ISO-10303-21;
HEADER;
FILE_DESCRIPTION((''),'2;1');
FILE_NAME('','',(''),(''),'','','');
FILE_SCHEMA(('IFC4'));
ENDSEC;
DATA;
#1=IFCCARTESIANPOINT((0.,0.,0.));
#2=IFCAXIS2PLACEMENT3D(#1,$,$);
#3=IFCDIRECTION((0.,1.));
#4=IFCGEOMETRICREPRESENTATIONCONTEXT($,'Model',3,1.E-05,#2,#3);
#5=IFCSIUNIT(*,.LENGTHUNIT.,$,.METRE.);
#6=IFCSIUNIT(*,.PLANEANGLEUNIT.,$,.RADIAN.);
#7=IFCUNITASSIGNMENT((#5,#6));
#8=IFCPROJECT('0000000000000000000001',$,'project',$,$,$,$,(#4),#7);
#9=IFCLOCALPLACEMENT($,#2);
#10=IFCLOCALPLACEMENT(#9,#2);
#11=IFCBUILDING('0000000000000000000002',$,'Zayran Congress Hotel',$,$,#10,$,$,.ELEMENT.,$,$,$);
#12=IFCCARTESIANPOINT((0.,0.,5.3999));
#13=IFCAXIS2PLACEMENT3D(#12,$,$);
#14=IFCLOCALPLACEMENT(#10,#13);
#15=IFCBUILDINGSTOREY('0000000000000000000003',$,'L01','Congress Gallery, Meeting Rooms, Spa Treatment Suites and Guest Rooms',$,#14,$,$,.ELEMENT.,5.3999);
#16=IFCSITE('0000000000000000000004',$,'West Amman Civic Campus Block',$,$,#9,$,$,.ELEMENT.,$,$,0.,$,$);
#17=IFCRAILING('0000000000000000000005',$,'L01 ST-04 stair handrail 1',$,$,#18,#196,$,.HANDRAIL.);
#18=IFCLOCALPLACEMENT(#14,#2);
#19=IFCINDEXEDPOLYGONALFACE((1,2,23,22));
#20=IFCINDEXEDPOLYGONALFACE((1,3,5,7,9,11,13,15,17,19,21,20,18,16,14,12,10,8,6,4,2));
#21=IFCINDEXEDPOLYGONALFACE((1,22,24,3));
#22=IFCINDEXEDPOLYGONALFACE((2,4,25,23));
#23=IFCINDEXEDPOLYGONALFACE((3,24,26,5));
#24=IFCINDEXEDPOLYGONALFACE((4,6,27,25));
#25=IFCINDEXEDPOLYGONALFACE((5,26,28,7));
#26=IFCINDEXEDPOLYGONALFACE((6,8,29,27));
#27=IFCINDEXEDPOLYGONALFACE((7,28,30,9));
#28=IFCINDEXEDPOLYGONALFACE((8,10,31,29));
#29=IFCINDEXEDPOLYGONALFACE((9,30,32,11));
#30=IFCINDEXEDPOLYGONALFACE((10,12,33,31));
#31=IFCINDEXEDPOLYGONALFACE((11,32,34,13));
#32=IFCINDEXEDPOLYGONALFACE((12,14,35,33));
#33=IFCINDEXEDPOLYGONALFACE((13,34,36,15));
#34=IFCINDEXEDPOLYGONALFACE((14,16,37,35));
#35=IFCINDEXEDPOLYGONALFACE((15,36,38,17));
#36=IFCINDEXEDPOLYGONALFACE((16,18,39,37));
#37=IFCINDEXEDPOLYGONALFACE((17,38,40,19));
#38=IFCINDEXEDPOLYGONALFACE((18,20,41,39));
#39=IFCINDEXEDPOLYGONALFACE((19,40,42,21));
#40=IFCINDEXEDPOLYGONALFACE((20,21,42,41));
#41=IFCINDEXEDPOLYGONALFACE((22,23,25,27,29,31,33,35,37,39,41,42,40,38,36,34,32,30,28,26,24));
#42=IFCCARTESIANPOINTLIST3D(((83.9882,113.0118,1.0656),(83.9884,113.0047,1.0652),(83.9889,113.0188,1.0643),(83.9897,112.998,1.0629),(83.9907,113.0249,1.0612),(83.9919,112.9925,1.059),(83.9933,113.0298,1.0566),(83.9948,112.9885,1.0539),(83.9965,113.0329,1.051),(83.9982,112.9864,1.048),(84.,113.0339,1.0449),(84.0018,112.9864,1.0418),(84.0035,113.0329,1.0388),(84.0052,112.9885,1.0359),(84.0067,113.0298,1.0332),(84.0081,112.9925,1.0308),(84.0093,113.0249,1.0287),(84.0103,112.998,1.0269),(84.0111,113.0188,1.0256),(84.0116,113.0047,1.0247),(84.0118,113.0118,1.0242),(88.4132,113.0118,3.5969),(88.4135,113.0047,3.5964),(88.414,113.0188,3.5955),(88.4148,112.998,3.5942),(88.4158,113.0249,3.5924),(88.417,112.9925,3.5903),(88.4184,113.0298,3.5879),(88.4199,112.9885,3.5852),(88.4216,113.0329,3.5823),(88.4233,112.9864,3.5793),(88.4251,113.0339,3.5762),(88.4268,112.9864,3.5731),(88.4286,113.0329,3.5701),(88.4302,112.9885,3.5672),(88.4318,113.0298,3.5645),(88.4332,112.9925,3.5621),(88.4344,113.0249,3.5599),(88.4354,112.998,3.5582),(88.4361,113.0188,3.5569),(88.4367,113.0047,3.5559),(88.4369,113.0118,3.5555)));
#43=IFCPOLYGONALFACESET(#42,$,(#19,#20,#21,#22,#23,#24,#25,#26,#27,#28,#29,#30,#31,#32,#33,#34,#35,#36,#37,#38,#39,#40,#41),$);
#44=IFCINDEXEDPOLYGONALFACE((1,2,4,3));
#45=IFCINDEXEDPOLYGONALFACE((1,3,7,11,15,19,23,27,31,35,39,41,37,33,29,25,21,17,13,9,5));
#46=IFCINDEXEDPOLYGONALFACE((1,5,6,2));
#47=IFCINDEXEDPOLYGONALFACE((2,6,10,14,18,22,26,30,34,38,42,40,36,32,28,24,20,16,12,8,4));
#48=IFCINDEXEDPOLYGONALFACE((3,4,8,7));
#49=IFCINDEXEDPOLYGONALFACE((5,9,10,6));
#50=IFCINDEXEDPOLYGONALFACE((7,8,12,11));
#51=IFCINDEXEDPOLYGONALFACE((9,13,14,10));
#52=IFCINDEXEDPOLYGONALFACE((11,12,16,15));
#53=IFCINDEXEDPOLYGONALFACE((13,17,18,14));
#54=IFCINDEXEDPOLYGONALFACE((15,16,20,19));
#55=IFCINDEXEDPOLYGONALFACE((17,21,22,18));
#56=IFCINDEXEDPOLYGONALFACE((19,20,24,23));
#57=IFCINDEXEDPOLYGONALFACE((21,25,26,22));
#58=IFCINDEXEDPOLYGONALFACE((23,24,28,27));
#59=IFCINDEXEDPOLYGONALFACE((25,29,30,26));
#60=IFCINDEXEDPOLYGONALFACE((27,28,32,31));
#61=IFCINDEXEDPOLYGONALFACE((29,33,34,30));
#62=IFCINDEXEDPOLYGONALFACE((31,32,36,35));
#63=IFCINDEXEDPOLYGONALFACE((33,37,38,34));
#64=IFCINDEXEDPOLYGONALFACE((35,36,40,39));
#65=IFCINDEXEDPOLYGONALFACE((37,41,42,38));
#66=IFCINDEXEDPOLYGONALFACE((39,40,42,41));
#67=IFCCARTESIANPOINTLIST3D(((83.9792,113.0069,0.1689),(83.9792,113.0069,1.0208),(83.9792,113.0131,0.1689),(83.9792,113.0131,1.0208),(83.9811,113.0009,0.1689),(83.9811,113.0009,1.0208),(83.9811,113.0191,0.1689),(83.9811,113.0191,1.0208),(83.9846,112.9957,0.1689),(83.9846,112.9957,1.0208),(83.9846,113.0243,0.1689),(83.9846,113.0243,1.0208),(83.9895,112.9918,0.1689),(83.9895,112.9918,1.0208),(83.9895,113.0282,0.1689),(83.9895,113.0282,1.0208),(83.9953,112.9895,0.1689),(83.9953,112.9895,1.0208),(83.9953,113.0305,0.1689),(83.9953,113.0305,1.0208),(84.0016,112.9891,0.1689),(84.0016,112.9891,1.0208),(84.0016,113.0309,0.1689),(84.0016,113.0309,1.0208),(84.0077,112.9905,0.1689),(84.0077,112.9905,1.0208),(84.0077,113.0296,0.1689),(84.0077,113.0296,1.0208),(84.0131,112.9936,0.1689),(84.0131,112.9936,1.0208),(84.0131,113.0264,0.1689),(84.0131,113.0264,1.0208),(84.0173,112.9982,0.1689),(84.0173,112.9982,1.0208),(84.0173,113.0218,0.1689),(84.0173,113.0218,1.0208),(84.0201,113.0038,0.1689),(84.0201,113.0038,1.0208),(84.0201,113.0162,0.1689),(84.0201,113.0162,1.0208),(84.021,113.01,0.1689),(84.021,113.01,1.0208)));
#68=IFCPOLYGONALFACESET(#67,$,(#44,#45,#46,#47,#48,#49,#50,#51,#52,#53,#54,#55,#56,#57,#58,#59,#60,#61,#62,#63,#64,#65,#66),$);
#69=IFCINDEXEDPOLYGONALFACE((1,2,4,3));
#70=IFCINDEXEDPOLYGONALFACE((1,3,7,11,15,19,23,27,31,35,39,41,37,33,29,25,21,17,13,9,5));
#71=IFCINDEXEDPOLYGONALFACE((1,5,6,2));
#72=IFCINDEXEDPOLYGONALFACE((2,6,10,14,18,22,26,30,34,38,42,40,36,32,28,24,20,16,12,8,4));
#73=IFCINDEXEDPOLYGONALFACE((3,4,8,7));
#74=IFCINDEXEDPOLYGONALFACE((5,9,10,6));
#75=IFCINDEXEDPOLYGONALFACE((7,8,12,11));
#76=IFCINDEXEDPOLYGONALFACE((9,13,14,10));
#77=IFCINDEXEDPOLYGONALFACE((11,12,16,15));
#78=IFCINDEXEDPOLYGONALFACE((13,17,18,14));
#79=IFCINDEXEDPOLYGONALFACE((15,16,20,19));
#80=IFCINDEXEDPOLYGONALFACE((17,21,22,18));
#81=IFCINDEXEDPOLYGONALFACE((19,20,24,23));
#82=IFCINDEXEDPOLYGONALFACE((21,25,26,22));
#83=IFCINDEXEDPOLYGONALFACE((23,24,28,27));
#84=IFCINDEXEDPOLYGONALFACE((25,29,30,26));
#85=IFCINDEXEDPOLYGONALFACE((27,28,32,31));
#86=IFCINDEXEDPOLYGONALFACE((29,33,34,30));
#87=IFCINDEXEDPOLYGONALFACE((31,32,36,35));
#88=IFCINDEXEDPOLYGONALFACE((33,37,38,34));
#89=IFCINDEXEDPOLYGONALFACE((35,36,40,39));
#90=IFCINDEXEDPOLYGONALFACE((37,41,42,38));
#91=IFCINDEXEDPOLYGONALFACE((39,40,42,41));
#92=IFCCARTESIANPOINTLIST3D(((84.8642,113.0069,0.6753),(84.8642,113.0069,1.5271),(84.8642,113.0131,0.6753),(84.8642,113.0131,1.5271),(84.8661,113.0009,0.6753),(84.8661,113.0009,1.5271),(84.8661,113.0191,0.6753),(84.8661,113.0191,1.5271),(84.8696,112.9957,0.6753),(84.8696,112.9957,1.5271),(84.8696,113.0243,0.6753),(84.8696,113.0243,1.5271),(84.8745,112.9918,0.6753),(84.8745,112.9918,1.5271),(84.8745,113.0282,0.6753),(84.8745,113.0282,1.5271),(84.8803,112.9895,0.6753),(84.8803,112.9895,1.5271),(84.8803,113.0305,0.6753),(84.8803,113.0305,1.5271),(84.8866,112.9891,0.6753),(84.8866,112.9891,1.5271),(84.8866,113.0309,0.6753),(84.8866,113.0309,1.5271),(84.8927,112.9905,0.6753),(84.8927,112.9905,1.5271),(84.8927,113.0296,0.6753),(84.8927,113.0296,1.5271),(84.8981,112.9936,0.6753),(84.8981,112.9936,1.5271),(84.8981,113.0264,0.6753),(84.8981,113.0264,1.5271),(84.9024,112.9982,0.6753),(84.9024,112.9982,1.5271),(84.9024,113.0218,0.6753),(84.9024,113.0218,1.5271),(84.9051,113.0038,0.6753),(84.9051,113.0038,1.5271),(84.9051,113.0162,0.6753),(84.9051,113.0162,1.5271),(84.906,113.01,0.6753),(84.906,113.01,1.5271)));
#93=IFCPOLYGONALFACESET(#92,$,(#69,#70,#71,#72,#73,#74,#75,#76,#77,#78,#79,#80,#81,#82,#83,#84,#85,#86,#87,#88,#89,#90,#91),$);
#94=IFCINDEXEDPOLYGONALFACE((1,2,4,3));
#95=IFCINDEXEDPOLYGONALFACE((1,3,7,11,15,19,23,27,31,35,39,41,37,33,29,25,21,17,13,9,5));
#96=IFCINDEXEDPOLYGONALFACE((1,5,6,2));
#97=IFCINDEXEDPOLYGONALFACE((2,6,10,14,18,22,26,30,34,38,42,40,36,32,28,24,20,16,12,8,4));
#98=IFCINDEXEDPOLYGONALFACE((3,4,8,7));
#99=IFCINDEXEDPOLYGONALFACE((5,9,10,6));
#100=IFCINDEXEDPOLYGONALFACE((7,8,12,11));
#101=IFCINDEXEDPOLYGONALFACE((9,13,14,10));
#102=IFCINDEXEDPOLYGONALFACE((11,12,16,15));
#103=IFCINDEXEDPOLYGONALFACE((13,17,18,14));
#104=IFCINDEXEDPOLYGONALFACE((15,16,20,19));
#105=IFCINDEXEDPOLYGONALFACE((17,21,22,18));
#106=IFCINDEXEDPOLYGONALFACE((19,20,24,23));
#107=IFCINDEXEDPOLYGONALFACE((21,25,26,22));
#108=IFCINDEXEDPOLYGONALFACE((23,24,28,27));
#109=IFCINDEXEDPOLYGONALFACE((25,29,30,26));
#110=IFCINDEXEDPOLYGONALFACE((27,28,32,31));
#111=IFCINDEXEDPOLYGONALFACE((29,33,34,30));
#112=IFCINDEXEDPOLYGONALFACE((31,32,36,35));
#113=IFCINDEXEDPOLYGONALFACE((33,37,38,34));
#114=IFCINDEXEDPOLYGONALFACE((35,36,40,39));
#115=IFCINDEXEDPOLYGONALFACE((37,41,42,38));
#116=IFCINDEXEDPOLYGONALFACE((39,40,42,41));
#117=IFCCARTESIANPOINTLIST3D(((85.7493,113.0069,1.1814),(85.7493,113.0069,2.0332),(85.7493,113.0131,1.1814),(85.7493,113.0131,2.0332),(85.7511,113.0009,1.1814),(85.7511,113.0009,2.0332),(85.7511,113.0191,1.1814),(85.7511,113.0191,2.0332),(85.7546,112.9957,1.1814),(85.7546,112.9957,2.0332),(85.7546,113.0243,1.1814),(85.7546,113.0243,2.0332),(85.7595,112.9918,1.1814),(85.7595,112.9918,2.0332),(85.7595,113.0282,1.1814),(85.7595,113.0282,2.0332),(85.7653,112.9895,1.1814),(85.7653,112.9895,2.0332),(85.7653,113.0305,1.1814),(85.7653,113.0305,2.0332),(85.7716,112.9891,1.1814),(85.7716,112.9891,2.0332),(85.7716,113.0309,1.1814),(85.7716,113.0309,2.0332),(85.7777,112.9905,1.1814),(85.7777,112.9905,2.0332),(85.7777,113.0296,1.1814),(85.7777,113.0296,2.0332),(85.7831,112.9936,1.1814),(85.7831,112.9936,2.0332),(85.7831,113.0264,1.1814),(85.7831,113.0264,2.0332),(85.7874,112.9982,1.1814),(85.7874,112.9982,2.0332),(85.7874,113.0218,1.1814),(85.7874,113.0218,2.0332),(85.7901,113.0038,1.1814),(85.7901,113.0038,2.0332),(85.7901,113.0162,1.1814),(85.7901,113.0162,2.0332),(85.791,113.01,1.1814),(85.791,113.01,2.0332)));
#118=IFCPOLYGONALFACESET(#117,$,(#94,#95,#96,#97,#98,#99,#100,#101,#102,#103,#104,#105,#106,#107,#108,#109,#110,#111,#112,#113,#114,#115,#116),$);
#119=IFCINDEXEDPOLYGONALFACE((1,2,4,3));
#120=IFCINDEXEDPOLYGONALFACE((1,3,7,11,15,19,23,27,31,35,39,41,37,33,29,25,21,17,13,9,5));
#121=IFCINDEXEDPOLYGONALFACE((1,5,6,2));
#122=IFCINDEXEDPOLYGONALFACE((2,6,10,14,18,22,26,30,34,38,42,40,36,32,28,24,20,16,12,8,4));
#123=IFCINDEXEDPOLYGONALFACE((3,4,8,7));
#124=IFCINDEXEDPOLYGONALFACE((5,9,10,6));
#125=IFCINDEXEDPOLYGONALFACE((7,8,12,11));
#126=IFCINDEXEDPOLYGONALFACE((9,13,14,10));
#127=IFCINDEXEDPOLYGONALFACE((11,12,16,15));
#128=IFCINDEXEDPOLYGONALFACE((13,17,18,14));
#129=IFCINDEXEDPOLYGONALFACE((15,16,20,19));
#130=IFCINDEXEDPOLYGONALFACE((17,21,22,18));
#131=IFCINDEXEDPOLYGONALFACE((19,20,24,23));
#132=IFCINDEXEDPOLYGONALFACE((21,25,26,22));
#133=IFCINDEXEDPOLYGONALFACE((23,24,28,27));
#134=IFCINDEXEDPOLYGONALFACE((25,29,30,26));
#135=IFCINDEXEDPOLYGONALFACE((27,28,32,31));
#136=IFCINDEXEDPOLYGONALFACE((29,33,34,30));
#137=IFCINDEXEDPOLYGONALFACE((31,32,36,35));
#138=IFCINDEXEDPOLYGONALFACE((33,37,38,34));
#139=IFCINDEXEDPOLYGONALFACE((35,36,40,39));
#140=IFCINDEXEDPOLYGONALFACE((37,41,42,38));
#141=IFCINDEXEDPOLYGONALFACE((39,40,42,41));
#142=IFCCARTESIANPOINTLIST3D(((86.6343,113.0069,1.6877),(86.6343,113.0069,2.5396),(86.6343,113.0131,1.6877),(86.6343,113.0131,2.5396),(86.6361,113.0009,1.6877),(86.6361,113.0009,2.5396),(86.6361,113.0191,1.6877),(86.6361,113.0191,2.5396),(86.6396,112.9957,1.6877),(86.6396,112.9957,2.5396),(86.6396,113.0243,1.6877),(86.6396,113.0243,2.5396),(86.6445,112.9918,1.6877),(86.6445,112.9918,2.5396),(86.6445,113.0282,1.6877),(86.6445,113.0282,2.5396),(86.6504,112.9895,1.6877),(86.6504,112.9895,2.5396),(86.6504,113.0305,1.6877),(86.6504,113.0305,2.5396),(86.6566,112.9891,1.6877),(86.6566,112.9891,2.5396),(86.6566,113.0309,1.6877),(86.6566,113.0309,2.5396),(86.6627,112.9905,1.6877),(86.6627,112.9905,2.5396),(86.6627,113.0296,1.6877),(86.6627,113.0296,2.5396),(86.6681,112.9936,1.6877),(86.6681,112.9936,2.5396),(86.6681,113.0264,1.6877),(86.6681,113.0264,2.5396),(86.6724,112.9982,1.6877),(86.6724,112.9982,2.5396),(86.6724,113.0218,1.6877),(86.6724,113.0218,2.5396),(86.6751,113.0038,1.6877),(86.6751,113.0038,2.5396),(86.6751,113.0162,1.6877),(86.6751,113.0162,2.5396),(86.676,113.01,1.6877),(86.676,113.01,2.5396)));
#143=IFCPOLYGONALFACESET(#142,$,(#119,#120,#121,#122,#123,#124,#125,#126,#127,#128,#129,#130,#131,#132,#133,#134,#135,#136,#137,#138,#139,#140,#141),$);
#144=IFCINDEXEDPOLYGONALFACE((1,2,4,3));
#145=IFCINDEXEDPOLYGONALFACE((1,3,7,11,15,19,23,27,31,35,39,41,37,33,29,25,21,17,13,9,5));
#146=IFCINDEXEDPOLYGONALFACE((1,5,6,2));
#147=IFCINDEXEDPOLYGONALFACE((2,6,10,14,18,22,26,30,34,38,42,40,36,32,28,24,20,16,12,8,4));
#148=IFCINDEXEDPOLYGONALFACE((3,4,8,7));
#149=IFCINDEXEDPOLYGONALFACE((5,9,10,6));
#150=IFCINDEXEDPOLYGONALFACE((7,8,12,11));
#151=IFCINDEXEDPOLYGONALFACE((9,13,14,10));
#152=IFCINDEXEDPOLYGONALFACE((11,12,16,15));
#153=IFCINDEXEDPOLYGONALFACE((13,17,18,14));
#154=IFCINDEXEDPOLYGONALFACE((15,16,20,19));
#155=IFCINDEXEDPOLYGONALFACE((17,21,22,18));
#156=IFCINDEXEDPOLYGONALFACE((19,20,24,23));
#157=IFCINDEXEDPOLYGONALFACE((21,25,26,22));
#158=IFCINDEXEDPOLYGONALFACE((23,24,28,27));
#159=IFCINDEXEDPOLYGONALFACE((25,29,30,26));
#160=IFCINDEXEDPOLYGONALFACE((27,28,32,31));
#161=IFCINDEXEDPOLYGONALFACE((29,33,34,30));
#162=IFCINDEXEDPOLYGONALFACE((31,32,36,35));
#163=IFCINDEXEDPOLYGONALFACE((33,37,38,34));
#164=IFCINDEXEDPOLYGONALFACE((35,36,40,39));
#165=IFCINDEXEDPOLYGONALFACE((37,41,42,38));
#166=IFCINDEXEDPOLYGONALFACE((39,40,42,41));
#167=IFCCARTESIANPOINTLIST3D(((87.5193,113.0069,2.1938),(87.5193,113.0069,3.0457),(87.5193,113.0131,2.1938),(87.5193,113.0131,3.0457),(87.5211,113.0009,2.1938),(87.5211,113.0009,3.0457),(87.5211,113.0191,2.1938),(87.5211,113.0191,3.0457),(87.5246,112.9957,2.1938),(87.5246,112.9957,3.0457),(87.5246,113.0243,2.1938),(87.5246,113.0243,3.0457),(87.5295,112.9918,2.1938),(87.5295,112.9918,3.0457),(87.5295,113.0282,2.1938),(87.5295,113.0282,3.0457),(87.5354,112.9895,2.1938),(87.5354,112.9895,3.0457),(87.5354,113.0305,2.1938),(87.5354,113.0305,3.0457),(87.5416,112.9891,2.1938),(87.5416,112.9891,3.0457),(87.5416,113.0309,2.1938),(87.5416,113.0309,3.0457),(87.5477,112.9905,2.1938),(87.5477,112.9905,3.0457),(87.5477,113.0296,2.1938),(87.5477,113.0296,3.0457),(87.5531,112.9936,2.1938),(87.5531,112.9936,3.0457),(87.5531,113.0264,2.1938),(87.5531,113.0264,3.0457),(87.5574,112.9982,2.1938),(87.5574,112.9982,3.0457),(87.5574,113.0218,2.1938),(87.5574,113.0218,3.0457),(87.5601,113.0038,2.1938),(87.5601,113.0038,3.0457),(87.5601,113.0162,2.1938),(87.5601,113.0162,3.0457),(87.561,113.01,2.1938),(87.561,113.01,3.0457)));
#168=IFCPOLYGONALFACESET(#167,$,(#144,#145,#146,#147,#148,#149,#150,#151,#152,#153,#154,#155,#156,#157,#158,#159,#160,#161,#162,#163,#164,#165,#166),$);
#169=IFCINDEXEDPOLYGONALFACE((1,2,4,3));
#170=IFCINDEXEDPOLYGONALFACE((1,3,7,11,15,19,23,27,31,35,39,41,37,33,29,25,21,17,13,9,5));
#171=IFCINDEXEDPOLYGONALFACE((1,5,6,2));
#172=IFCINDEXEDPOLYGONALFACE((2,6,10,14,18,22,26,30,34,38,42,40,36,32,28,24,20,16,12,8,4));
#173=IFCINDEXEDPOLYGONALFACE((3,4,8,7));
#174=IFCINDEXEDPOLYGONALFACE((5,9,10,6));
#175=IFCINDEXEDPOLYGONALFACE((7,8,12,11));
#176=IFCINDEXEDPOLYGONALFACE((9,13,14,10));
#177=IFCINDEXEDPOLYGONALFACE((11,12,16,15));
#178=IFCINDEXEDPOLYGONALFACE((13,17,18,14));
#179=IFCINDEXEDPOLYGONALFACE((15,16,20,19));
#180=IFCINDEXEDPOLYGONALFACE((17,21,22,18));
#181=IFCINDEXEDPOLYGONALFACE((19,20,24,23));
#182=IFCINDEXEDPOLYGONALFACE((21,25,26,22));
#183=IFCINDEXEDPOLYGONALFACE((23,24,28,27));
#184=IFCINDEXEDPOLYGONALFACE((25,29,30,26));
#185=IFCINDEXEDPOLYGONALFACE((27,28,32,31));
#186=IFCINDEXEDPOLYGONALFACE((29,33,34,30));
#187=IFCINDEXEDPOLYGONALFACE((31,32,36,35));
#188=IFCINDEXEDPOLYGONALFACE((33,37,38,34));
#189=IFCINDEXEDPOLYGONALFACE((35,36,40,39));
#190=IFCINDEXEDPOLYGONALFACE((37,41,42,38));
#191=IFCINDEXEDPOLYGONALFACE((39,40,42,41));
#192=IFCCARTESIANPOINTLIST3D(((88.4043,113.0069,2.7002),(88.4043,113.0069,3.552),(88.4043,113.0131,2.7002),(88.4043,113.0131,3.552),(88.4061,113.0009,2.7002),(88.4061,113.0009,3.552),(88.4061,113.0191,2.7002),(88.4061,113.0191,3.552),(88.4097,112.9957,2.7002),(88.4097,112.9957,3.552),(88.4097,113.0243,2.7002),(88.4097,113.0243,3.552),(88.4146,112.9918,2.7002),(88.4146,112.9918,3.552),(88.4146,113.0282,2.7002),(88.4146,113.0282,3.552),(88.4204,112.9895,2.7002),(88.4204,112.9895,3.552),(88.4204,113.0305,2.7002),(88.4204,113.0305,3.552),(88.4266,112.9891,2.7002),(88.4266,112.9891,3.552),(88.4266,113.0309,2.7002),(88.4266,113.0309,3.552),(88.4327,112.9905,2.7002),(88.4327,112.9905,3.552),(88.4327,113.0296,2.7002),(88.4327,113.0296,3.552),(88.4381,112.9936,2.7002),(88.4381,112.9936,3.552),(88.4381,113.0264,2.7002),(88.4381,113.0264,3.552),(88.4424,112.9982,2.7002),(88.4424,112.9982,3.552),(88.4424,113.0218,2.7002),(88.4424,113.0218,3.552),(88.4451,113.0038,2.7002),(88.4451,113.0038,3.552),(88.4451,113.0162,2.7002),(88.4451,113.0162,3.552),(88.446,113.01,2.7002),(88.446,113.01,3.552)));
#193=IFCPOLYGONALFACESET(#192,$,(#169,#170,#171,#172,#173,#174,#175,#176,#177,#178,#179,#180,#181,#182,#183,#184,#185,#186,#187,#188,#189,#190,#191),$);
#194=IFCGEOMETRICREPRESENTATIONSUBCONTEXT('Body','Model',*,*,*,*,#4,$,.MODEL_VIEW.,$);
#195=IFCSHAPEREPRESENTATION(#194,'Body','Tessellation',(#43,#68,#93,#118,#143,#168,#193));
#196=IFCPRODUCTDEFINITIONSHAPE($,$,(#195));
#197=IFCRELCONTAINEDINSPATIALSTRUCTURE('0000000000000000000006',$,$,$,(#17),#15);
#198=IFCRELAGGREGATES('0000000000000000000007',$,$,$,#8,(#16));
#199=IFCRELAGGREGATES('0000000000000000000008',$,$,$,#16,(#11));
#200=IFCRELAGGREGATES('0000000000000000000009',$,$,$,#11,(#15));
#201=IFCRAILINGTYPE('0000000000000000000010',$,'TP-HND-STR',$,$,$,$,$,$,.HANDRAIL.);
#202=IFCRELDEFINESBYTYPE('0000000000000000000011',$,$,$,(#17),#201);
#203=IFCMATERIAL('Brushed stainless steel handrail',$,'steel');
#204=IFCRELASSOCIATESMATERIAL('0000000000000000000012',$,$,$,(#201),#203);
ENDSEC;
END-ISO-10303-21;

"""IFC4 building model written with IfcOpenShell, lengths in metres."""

from ifc_helpers import new_model, si_unit, direction, frame, origin, origin_2d, place, context, subcontext, project, spatial, circle, extrude, material, type_object, element, save


model = new_model("IFC4")

# Units and contexts
model_context = context("Model", 3, precision=1e-05, world=origin(), true_north=direction((0.0, 1.0)))
body_context = subcontext(model_context, "Body", "Model", "MODEL_VIEW")
ifc_project = project(units=[si_unit("LENGTHUNIT", "METRE"), si_unit("PLANEANGLEUNIT", "RADIAN")], contexts=[model_context])

# Site, building, storey
site_placement = place(None, origin())
site = spatial("IfcSite", under=ifc_project, at=site_placement, Name="West Amman Civic Campus Block", CompositionType="ELEMENT", RefElevation=0.0)
building_placement = place(site_placement, origin())
building = spatial("IfcBuilding", under=site, at=building_placement, Name="Zayran Congress Hotel", CompositionType="ELEMENT")
storey_placement = place(building_placement, frame((0.0, 0.0, 5.3999)))
storey = spatial("IfcBuildingStorey", under=building, at=storey_placement, Name="L01", Description="Congress Gallery, Meeting Rooms, Spa Treatment Suites and Guest Rooms", CompositionType="ELEMENT", Elevation=5.3999)

# Railing
ifc_material_1 = material(Name="Brushed stainless steel handrail", Category="steel")
railing_type_1 = type_object("IfcRailingType", Name="TP-HND-STR", PredefinedType="HANDRAIL", material=ifc_material_1)
railing_1_placement = place(storey_placement, frame((84.0, 113.01, 0.1689)))
element("IfcRailing", 1, at=railing_1_placement, inside=storey, type_object=railing_type_1, Name="L01 ST-04 stair handrail 1", PredefinedType="HANDRAIL", context=body_context, shape_type="SweptSolid", body=[
    extrude(circle(Radius=0.0239, at=origin_2d()), frame((0.0, 0.0, 0.876), z_axis=(0.868019, 0.0, 0.496531), x_axis=(0.0, 1.0, 0.0)), (0.0, 0.0, 1.0), 5.0979),
    extrude(circle(Radius=0.021, at=origin_2d()), origin(), (0.0, 0.0, 1.0), 0.8518),
    extrude(circle(Radius=0.021, at=origin_2d()), frame((0.885, 0.0, 0.5063)), (0.0, 0.0, 1.0), 0.8518),
    extrude(circle(Radius=0.021, at=origin_2d()), frame((1.77, 0.0, 1.0125)), (0.0, 0.0, 1.0), 0.8518),
    extrude(circle(Radius=0.021, at=origin_2d()), frame((2.655, 0.0, 1.5188)), (0.0, 0.0, 1.0), 0.8518),
    extrude(circle(Radius=0.021, at=origin_2d()), frame((3.54, 0.0, 2.0249)), (0.0, 0.0, 1.0), 0.8518),
    extrude(circle(Radius=0.021, at=origin_2d()), frame((4.425, 0.0, 2.5312)), (0.0, 0.0, 1.0), 0.8518),
])

save(model, "model.ifc")
